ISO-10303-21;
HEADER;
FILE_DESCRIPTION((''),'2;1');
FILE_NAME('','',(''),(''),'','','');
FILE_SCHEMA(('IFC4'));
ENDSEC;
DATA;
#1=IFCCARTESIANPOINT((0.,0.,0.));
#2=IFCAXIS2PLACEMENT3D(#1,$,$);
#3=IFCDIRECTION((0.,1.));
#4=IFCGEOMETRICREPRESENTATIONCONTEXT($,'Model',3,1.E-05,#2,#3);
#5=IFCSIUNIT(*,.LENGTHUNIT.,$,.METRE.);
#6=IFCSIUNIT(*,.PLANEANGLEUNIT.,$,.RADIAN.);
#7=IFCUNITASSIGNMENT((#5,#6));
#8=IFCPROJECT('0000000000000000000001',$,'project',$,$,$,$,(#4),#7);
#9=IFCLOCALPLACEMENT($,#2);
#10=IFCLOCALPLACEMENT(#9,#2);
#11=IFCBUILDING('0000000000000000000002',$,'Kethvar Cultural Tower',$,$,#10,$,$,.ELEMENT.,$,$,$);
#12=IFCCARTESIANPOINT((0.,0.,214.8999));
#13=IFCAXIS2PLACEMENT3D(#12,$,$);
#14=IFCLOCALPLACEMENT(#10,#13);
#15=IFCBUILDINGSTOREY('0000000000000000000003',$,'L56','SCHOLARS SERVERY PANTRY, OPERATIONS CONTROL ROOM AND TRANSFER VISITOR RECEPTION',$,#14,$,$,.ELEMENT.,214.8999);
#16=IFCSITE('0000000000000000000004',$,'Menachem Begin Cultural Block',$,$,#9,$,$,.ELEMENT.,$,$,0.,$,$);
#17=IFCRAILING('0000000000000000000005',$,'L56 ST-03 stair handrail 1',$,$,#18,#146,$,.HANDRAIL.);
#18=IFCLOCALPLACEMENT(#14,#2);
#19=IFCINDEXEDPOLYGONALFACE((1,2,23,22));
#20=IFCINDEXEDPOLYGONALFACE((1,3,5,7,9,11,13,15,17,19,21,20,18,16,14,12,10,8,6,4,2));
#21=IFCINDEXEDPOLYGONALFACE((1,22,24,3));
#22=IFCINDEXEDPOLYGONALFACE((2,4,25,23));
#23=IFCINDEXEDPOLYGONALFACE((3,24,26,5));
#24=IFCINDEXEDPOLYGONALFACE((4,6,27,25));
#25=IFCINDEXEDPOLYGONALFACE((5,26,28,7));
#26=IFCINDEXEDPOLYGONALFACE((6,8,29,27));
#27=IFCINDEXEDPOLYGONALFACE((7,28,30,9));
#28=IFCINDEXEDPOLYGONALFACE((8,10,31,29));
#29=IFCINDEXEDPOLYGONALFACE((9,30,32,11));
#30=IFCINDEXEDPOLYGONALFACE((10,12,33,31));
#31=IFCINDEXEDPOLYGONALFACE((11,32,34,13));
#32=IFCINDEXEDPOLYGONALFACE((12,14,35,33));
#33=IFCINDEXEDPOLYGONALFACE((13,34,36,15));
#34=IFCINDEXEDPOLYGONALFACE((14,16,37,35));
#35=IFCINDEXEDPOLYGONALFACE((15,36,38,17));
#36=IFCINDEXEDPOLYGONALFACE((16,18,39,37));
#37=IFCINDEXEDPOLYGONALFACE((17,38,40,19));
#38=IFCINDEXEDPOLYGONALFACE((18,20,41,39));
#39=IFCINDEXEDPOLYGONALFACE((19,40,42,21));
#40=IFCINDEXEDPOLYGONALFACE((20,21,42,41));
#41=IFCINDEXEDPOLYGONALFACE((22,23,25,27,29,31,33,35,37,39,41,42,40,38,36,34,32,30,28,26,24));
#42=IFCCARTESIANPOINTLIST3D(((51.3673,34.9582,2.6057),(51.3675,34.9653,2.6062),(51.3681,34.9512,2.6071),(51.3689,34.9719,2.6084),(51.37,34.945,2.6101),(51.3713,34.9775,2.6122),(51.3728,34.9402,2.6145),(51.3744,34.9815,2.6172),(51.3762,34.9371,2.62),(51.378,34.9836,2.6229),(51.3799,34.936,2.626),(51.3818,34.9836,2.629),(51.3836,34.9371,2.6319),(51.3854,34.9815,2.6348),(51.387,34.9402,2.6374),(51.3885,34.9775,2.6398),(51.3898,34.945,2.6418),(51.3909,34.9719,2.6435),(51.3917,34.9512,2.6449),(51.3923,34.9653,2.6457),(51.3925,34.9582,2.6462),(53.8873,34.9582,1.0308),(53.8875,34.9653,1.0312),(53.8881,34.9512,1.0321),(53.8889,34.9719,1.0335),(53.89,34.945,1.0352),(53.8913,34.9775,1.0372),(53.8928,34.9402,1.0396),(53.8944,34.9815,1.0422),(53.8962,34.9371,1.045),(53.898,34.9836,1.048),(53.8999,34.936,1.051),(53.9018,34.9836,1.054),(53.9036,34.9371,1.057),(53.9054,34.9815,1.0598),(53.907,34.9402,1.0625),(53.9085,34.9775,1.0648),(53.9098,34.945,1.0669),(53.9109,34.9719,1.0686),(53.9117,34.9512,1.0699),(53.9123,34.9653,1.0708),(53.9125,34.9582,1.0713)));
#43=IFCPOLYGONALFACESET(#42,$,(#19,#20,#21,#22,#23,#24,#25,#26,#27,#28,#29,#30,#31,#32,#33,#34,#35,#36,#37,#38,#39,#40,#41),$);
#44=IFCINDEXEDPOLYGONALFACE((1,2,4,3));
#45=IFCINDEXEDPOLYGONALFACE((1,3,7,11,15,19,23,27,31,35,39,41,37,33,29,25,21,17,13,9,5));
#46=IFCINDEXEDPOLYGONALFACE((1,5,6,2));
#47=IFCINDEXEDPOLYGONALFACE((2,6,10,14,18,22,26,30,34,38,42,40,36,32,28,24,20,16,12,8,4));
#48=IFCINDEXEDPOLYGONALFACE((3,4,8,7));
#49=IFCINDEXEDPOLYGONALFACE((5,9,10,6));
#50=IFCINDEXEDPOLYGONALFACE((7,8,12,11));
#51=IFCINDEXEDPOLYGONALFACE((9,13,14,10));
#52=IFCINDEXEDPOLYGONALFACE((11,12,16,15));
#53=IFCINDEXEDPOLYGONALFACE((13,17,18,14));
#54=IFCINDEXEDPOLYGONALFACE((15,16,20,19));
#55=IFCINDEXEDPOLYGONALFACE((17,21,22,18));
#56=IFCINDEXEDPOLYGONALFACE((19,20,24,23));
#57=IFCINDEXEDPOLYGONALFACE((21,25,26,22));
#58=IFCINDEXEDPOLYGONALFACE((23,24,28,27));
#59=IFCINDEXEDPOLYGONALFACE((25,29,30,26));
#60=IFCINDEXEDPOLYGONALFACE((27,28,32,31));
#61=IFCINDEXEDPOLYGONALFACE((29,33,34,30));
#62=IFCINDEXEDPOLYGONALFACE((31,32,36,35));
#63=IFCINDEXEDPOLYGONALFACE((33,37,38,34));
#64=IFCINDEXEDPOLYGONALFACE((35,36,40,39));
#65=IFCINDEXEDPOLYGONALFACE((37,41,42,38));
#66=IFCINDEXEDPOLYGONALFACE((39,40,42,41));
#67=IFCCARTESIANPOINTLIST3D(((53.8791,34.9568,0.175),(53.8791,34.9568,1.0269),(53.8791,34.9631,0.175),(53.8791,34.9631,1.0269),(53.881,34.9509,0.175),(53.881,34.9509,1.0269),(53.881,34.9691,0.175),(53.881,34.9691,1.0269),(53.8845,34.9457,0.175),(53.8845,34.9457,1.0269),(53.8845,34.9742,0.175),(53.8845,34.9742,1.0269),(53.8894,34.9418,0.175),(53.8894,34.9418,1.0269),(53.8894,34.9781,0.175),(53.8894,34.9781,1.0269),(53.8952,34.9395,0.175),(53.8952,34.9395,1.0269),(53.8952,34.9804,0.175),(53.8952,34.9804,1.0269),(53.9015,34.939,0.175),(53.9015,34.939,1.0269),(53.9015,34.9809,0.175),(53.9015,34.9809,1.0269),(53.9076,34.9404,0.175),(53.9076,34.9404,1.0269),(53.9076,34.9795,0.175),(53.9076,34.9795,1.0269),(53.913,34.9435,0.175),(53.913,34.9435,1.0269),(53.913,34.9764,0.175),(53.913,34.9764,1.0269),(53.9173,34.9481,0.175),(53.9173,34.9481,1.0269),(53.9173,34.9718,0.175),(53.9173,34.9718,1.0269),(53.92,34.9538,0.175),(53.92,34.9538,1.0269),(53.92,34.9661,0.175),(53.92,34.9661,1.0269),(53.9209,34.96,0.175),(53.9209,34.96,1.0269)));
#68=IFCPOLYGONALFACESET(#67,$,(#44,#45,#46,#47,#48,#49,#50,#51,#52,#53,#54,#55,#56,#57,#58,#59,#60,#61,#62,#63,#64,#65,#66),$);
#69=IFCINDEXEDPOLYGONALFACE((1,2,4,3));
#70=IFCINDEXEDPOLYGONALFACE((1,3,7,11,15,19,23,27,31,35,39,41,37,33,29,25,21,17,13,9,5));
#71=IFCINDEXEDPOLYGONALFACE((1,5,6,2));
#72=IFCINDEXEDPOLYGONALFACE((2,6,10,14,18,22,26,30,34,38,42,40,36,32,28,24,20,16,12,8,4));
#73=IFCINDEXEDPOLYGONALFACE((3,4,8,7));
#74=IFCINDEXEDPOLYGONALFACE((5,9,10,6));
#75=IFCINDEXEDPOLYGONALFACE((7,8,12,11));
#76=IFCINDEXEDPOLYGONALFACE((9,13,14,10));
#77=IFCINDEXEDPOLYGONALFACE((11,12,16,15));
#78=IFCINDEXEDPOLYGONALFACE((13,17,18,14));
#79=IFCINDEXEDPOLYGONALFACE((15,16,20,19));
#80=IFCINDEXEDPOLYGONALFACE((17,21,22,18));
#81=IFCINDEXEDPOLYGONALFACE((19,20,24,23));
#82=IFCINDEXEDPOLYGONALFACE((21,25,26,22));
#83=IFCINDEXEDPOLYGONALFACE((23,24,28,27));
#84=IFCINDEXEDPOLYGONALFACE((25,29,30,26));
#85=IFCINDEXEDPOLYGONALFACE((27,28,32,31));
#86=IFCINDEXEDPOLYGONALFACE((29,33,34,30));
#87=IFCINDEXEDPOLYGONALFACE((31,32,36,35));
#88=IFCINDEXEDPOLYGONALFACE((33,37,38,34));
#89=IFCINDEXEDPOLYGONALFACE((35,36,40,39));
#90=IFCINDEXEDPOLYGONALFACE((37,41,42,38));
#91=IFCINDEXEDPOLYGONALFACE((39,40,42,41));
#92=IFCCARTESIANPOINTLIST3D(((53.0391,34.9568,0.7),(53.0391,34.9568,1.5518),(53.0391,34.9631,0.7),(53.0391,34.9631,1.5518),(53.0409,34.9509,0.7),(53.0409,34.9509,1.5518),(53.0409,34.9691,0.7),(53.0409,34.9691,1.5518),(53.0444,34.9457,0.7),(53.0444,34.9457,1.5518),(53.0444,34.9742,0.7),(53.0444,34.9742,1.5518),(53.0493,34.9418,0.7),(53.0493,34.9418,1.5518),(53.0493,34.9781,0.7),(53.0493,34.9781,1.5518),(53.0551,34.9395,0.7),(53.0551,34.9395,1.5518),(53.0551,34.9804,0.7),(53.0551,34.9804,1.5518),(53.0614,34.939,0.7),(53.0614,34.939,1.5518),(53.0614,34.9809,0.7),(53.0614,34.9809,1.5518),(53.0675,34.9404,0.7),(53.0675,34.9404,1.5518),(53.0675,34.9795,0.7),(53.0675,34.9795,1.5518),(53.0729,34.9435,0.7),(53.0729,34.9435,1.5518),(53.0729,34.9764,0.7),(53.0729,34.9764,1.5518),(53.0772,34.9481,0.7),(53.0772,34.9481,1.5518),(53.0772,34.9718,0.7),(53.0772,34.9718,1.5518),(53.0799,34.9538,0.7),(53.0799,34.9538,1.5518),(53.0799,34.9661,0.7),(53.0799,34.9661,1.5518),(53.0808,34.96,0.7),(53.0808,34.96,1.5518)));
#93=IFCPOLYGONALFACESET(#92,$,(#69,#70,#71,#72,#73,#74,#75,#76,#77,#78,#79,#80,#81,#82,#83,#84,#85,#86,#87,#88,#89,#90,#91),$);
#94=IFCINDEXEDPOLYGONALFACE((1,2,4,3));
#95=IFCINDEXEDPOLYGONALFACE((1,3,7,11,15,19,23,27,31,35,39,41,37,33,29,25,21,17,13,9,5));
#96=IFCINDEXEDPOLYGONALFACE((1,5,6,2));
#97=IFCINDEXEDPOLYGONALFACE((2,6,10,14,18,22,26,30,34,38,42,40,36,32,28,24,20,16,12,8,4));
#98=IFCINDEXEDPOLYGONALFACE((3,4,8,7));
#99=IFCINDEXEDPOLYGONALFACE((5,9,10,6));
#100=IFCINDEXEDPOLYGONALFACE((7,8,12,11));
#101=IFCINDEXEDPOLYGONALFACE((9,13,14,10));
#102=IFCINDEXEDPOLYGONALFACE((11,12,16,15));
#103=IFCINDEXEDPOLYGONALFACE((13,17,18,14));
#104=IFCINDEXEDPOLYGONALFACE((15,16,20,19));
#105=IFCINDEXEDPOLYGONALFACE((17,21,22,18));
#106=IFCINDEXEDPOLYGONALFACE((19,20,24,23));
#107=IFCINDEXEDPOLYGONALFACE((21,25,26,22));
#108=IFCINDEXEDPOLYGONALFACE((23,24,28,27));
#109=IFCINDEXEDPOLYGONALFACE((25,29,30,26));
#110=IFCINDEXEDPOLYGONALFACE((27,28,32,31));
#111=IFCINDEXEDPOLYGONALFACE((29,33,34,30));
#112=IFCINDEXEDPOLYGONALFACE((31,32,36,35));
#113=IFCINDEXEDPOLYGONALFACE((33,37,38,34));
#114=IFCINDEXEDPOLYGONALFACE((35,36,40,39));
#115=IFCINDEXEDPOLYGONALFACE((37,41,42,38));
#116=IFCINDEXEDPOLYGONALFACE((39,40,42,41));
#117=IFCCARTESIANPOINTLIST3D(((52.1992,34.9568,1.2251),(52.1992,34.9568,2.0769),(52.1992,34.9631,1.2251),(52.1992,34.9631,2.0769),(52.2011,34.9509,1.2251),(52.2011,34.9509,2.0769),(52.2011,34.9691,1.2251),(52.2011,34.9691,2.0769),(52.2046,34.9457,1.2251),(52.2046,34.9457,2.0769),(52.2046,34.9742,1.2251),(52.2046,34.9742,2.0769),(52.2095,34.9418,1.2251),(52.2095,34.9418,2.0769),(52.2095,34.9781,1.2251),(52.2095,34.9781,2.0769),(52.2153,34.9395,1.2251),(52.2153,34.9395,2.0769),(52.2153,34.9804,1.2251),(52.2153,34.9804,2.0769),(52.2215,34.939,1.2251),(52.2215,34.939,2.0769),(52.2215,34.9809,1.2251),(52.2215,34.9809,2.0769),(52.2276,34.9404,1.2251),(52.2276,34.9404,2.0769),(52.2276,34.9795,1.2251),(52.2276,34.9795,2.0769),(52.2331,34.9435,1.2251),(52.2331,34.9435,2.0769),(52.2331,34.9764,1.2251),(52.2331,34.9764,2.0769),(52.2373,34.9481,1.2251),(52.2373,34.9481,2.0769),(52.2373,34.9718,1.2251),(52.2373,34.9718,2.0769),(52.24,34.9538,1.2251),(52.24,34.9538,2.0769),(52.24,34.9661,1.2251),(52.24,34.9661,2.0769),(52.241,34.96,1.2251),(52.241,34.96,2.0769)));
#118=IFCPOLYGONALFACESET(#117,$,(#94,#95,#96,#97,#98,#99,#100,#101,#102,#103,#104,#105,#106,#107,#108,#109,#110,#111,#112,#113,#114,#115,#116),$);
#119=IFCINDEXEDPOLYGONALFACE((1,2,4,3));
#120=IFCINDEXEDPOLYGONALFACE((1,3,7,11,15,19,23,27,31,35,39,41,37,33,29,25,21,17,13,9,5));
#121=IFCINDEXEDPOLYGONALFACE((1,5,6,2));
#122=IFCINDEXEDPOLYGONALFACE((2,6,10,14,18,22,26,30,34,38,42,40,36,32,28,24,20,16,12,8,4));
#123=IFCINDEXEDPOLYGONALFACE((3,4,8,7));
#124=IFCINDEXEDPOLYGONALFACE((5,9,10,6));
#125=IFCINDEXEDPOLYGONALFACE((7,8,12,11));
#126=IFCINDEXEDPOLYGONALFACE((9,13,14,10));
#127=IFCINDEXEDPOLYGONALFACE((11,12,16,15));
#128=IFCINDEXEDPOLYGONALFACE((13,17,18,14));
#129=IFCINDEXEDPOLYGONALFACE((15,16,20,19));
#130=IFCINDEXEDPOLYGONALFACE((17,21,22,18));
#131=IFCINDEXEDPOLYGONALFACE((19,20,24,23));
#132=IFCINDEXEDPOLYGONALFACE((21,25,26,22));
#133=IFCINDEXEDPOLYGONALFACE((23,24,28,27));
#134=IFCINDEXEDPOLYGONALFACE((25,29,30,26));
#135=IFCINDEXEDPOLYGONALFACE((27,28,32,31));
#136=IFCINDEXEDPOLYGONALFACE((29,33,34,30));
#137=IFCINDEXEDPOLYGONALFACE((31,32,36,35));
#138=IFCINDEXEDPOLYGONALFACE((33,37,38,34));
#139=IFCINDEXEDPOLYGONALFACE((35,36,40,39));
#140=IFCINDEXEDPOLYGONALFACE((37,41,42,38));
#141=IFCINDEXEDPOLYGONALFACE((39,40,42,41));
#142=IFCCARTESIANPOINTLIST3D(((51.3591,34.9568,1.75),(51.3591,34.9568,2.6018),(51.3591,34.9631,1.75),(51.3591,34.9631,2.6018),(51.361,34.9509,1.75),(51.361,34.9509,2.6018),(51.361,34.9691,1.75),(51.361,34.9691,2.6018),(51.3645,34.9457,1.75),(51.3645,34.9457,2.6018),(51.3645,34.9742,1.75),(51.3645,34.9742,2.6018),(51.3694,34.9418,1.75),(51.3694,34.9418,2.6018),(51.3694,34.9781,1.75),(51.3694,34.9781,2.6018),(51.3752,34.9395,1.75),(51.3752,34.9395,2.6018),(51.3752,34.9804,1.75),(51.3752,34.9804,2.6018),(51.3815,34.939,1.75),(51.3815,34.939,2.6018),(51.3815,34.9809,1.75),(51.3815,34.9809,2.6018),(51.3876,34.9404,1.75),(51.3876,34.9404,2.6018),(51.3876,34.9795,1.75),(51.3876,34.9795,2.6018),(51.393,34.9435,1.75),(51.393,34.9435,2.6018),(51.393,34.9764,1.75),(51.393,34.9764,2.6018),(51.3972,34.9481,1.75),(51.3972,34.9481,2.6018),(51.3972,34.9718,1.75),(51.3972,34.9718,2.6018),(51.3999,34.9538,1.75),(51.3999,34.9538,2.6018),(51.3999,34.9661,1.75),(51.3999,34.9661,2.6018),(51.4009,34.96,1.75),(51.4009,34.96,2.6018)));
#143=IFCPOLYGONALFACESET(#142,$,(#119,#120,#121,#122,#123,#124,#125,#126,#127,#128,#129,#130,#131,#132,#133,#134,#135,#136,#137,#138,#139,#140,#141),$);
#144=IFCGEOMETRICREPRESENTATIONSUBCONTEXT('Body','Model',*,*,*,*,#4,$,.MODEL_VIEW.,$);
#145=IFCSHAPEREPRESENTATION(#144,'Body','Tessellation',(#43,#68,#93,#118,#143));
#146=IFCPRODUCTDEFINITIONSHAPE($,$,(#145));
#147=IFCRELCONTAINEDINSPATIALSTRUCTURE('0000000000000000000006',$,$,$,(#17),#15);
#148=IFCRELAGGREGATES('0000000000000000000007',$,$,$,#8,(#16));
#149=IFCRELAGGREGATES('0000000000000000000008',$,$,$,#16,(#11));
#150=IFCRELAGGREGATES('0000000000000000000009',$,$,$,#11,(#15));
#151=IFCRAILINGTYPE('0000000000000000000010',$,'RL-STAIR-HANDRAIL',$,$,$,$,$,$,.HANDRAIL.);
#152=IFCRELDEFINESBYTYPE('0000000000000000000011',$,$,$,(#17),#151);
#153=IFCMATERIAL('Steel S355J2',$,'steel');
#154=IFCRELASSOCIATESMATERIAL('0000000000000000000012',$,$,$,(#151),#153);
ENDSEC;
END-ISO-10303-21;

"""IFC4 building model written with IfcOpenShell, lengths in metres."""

from ifc_helpers import new_model, si_unit, direction, frame, origin, origin_2d, place, context, subcontext, project, spatial, circle, extrude, material, type_object, element, save


model = new_model("IFC4")

# Units and contexts
model_context = context("Model", 3, precision=1e-05, world=origin(), true_north=direction((0.0, 1.0)))
body_context = subcontext(model_context, "Body", "Model", "MODEL_VIEW")
ifc_project = project(units=[si_unit("LENGTHUNIT", "METRE"), si_unit("PLANEANGLEUNIT", "RADIAN")], contexts=[model_context])

# Site, building, storey
site_placement = place(None, origin())
site = spatial("IfcSite", under=ifc_project, at=site_placement, Name="Menachem Begin Cultural Block", CompositionType="ELEMENT", RefElevation=0.0)
building_placement = place(site_placement, origin())
building = spatial("IfcBuilding", under=site, at=building_placement, Name="Kethvar Cultural Tower", CompositionType="ELEMENT")
storey_placement = place(building_placement, frame((0.0, 0.0, 214.8999)))
storey = spatial("IfcBuildingStorey", under=building, at=storey_placement, Name="L56", Description="SCHOLARS SERVERY PANTRY, OPERATIONS CONTROL ROOM AND TRANSFER VISITOR RECEPTION", CompositionType="ELEMENT", Elevation=214.8999)

# Shared definitions
ifc_material_1 = material(Name="Steel S355J2", Category="steel")

# Railing
railing_type_1 = type_object("IfcRailingType", Name="RL-STAIR-HANDRAIL", PredefinedType="HANDRAIL", material=ifc_material_1)
railing_1_placement = place(storey_placement, frame((53.8999, 34.96, 0.175)))
element("IfcRailing", 1, at=railing_1_placement, inside=storey, type_object=railing_type_1, Name="L56 ST-03 stair handrail 1", PredefinedType="HANDRAIL", context=body_context, shape_type="SweptSolid", body=[
    extrude(circle(Radius=0.0239, at=origin_2d()), frame((0.0, 0.0, 0.876), z_axis=(-0.848008, 0.0, 0.529984), x_axis=(0.0, -1.0, 0.0)), (0.0, 0.0, 1.0), 2.9717),
    extrude(circle(Radius=0.021, at=origin_2d()), origin(), (0.0, 0.0, 1.0), 0.8518),
    extrude(circle(Radius=0.021, at=origin_2d()), frame((-0.8401, 0.0, 0.5249)), (0.0, 0.0, 1.0), 0.8518),
    extrude(circle(Radius=0.021, at=origin_2d()), frame((-1.6799, 0.0, 1.05)), (0.0, 0.0, 1.0), 0.8518),
    extrude(circle(Radius=0.021, at=origin_2d()), frame((-2.52, 0.0, 1.575)), (0.0, 0.0, 1.0), 0.8518),
])

save(model, "model.ifc")
